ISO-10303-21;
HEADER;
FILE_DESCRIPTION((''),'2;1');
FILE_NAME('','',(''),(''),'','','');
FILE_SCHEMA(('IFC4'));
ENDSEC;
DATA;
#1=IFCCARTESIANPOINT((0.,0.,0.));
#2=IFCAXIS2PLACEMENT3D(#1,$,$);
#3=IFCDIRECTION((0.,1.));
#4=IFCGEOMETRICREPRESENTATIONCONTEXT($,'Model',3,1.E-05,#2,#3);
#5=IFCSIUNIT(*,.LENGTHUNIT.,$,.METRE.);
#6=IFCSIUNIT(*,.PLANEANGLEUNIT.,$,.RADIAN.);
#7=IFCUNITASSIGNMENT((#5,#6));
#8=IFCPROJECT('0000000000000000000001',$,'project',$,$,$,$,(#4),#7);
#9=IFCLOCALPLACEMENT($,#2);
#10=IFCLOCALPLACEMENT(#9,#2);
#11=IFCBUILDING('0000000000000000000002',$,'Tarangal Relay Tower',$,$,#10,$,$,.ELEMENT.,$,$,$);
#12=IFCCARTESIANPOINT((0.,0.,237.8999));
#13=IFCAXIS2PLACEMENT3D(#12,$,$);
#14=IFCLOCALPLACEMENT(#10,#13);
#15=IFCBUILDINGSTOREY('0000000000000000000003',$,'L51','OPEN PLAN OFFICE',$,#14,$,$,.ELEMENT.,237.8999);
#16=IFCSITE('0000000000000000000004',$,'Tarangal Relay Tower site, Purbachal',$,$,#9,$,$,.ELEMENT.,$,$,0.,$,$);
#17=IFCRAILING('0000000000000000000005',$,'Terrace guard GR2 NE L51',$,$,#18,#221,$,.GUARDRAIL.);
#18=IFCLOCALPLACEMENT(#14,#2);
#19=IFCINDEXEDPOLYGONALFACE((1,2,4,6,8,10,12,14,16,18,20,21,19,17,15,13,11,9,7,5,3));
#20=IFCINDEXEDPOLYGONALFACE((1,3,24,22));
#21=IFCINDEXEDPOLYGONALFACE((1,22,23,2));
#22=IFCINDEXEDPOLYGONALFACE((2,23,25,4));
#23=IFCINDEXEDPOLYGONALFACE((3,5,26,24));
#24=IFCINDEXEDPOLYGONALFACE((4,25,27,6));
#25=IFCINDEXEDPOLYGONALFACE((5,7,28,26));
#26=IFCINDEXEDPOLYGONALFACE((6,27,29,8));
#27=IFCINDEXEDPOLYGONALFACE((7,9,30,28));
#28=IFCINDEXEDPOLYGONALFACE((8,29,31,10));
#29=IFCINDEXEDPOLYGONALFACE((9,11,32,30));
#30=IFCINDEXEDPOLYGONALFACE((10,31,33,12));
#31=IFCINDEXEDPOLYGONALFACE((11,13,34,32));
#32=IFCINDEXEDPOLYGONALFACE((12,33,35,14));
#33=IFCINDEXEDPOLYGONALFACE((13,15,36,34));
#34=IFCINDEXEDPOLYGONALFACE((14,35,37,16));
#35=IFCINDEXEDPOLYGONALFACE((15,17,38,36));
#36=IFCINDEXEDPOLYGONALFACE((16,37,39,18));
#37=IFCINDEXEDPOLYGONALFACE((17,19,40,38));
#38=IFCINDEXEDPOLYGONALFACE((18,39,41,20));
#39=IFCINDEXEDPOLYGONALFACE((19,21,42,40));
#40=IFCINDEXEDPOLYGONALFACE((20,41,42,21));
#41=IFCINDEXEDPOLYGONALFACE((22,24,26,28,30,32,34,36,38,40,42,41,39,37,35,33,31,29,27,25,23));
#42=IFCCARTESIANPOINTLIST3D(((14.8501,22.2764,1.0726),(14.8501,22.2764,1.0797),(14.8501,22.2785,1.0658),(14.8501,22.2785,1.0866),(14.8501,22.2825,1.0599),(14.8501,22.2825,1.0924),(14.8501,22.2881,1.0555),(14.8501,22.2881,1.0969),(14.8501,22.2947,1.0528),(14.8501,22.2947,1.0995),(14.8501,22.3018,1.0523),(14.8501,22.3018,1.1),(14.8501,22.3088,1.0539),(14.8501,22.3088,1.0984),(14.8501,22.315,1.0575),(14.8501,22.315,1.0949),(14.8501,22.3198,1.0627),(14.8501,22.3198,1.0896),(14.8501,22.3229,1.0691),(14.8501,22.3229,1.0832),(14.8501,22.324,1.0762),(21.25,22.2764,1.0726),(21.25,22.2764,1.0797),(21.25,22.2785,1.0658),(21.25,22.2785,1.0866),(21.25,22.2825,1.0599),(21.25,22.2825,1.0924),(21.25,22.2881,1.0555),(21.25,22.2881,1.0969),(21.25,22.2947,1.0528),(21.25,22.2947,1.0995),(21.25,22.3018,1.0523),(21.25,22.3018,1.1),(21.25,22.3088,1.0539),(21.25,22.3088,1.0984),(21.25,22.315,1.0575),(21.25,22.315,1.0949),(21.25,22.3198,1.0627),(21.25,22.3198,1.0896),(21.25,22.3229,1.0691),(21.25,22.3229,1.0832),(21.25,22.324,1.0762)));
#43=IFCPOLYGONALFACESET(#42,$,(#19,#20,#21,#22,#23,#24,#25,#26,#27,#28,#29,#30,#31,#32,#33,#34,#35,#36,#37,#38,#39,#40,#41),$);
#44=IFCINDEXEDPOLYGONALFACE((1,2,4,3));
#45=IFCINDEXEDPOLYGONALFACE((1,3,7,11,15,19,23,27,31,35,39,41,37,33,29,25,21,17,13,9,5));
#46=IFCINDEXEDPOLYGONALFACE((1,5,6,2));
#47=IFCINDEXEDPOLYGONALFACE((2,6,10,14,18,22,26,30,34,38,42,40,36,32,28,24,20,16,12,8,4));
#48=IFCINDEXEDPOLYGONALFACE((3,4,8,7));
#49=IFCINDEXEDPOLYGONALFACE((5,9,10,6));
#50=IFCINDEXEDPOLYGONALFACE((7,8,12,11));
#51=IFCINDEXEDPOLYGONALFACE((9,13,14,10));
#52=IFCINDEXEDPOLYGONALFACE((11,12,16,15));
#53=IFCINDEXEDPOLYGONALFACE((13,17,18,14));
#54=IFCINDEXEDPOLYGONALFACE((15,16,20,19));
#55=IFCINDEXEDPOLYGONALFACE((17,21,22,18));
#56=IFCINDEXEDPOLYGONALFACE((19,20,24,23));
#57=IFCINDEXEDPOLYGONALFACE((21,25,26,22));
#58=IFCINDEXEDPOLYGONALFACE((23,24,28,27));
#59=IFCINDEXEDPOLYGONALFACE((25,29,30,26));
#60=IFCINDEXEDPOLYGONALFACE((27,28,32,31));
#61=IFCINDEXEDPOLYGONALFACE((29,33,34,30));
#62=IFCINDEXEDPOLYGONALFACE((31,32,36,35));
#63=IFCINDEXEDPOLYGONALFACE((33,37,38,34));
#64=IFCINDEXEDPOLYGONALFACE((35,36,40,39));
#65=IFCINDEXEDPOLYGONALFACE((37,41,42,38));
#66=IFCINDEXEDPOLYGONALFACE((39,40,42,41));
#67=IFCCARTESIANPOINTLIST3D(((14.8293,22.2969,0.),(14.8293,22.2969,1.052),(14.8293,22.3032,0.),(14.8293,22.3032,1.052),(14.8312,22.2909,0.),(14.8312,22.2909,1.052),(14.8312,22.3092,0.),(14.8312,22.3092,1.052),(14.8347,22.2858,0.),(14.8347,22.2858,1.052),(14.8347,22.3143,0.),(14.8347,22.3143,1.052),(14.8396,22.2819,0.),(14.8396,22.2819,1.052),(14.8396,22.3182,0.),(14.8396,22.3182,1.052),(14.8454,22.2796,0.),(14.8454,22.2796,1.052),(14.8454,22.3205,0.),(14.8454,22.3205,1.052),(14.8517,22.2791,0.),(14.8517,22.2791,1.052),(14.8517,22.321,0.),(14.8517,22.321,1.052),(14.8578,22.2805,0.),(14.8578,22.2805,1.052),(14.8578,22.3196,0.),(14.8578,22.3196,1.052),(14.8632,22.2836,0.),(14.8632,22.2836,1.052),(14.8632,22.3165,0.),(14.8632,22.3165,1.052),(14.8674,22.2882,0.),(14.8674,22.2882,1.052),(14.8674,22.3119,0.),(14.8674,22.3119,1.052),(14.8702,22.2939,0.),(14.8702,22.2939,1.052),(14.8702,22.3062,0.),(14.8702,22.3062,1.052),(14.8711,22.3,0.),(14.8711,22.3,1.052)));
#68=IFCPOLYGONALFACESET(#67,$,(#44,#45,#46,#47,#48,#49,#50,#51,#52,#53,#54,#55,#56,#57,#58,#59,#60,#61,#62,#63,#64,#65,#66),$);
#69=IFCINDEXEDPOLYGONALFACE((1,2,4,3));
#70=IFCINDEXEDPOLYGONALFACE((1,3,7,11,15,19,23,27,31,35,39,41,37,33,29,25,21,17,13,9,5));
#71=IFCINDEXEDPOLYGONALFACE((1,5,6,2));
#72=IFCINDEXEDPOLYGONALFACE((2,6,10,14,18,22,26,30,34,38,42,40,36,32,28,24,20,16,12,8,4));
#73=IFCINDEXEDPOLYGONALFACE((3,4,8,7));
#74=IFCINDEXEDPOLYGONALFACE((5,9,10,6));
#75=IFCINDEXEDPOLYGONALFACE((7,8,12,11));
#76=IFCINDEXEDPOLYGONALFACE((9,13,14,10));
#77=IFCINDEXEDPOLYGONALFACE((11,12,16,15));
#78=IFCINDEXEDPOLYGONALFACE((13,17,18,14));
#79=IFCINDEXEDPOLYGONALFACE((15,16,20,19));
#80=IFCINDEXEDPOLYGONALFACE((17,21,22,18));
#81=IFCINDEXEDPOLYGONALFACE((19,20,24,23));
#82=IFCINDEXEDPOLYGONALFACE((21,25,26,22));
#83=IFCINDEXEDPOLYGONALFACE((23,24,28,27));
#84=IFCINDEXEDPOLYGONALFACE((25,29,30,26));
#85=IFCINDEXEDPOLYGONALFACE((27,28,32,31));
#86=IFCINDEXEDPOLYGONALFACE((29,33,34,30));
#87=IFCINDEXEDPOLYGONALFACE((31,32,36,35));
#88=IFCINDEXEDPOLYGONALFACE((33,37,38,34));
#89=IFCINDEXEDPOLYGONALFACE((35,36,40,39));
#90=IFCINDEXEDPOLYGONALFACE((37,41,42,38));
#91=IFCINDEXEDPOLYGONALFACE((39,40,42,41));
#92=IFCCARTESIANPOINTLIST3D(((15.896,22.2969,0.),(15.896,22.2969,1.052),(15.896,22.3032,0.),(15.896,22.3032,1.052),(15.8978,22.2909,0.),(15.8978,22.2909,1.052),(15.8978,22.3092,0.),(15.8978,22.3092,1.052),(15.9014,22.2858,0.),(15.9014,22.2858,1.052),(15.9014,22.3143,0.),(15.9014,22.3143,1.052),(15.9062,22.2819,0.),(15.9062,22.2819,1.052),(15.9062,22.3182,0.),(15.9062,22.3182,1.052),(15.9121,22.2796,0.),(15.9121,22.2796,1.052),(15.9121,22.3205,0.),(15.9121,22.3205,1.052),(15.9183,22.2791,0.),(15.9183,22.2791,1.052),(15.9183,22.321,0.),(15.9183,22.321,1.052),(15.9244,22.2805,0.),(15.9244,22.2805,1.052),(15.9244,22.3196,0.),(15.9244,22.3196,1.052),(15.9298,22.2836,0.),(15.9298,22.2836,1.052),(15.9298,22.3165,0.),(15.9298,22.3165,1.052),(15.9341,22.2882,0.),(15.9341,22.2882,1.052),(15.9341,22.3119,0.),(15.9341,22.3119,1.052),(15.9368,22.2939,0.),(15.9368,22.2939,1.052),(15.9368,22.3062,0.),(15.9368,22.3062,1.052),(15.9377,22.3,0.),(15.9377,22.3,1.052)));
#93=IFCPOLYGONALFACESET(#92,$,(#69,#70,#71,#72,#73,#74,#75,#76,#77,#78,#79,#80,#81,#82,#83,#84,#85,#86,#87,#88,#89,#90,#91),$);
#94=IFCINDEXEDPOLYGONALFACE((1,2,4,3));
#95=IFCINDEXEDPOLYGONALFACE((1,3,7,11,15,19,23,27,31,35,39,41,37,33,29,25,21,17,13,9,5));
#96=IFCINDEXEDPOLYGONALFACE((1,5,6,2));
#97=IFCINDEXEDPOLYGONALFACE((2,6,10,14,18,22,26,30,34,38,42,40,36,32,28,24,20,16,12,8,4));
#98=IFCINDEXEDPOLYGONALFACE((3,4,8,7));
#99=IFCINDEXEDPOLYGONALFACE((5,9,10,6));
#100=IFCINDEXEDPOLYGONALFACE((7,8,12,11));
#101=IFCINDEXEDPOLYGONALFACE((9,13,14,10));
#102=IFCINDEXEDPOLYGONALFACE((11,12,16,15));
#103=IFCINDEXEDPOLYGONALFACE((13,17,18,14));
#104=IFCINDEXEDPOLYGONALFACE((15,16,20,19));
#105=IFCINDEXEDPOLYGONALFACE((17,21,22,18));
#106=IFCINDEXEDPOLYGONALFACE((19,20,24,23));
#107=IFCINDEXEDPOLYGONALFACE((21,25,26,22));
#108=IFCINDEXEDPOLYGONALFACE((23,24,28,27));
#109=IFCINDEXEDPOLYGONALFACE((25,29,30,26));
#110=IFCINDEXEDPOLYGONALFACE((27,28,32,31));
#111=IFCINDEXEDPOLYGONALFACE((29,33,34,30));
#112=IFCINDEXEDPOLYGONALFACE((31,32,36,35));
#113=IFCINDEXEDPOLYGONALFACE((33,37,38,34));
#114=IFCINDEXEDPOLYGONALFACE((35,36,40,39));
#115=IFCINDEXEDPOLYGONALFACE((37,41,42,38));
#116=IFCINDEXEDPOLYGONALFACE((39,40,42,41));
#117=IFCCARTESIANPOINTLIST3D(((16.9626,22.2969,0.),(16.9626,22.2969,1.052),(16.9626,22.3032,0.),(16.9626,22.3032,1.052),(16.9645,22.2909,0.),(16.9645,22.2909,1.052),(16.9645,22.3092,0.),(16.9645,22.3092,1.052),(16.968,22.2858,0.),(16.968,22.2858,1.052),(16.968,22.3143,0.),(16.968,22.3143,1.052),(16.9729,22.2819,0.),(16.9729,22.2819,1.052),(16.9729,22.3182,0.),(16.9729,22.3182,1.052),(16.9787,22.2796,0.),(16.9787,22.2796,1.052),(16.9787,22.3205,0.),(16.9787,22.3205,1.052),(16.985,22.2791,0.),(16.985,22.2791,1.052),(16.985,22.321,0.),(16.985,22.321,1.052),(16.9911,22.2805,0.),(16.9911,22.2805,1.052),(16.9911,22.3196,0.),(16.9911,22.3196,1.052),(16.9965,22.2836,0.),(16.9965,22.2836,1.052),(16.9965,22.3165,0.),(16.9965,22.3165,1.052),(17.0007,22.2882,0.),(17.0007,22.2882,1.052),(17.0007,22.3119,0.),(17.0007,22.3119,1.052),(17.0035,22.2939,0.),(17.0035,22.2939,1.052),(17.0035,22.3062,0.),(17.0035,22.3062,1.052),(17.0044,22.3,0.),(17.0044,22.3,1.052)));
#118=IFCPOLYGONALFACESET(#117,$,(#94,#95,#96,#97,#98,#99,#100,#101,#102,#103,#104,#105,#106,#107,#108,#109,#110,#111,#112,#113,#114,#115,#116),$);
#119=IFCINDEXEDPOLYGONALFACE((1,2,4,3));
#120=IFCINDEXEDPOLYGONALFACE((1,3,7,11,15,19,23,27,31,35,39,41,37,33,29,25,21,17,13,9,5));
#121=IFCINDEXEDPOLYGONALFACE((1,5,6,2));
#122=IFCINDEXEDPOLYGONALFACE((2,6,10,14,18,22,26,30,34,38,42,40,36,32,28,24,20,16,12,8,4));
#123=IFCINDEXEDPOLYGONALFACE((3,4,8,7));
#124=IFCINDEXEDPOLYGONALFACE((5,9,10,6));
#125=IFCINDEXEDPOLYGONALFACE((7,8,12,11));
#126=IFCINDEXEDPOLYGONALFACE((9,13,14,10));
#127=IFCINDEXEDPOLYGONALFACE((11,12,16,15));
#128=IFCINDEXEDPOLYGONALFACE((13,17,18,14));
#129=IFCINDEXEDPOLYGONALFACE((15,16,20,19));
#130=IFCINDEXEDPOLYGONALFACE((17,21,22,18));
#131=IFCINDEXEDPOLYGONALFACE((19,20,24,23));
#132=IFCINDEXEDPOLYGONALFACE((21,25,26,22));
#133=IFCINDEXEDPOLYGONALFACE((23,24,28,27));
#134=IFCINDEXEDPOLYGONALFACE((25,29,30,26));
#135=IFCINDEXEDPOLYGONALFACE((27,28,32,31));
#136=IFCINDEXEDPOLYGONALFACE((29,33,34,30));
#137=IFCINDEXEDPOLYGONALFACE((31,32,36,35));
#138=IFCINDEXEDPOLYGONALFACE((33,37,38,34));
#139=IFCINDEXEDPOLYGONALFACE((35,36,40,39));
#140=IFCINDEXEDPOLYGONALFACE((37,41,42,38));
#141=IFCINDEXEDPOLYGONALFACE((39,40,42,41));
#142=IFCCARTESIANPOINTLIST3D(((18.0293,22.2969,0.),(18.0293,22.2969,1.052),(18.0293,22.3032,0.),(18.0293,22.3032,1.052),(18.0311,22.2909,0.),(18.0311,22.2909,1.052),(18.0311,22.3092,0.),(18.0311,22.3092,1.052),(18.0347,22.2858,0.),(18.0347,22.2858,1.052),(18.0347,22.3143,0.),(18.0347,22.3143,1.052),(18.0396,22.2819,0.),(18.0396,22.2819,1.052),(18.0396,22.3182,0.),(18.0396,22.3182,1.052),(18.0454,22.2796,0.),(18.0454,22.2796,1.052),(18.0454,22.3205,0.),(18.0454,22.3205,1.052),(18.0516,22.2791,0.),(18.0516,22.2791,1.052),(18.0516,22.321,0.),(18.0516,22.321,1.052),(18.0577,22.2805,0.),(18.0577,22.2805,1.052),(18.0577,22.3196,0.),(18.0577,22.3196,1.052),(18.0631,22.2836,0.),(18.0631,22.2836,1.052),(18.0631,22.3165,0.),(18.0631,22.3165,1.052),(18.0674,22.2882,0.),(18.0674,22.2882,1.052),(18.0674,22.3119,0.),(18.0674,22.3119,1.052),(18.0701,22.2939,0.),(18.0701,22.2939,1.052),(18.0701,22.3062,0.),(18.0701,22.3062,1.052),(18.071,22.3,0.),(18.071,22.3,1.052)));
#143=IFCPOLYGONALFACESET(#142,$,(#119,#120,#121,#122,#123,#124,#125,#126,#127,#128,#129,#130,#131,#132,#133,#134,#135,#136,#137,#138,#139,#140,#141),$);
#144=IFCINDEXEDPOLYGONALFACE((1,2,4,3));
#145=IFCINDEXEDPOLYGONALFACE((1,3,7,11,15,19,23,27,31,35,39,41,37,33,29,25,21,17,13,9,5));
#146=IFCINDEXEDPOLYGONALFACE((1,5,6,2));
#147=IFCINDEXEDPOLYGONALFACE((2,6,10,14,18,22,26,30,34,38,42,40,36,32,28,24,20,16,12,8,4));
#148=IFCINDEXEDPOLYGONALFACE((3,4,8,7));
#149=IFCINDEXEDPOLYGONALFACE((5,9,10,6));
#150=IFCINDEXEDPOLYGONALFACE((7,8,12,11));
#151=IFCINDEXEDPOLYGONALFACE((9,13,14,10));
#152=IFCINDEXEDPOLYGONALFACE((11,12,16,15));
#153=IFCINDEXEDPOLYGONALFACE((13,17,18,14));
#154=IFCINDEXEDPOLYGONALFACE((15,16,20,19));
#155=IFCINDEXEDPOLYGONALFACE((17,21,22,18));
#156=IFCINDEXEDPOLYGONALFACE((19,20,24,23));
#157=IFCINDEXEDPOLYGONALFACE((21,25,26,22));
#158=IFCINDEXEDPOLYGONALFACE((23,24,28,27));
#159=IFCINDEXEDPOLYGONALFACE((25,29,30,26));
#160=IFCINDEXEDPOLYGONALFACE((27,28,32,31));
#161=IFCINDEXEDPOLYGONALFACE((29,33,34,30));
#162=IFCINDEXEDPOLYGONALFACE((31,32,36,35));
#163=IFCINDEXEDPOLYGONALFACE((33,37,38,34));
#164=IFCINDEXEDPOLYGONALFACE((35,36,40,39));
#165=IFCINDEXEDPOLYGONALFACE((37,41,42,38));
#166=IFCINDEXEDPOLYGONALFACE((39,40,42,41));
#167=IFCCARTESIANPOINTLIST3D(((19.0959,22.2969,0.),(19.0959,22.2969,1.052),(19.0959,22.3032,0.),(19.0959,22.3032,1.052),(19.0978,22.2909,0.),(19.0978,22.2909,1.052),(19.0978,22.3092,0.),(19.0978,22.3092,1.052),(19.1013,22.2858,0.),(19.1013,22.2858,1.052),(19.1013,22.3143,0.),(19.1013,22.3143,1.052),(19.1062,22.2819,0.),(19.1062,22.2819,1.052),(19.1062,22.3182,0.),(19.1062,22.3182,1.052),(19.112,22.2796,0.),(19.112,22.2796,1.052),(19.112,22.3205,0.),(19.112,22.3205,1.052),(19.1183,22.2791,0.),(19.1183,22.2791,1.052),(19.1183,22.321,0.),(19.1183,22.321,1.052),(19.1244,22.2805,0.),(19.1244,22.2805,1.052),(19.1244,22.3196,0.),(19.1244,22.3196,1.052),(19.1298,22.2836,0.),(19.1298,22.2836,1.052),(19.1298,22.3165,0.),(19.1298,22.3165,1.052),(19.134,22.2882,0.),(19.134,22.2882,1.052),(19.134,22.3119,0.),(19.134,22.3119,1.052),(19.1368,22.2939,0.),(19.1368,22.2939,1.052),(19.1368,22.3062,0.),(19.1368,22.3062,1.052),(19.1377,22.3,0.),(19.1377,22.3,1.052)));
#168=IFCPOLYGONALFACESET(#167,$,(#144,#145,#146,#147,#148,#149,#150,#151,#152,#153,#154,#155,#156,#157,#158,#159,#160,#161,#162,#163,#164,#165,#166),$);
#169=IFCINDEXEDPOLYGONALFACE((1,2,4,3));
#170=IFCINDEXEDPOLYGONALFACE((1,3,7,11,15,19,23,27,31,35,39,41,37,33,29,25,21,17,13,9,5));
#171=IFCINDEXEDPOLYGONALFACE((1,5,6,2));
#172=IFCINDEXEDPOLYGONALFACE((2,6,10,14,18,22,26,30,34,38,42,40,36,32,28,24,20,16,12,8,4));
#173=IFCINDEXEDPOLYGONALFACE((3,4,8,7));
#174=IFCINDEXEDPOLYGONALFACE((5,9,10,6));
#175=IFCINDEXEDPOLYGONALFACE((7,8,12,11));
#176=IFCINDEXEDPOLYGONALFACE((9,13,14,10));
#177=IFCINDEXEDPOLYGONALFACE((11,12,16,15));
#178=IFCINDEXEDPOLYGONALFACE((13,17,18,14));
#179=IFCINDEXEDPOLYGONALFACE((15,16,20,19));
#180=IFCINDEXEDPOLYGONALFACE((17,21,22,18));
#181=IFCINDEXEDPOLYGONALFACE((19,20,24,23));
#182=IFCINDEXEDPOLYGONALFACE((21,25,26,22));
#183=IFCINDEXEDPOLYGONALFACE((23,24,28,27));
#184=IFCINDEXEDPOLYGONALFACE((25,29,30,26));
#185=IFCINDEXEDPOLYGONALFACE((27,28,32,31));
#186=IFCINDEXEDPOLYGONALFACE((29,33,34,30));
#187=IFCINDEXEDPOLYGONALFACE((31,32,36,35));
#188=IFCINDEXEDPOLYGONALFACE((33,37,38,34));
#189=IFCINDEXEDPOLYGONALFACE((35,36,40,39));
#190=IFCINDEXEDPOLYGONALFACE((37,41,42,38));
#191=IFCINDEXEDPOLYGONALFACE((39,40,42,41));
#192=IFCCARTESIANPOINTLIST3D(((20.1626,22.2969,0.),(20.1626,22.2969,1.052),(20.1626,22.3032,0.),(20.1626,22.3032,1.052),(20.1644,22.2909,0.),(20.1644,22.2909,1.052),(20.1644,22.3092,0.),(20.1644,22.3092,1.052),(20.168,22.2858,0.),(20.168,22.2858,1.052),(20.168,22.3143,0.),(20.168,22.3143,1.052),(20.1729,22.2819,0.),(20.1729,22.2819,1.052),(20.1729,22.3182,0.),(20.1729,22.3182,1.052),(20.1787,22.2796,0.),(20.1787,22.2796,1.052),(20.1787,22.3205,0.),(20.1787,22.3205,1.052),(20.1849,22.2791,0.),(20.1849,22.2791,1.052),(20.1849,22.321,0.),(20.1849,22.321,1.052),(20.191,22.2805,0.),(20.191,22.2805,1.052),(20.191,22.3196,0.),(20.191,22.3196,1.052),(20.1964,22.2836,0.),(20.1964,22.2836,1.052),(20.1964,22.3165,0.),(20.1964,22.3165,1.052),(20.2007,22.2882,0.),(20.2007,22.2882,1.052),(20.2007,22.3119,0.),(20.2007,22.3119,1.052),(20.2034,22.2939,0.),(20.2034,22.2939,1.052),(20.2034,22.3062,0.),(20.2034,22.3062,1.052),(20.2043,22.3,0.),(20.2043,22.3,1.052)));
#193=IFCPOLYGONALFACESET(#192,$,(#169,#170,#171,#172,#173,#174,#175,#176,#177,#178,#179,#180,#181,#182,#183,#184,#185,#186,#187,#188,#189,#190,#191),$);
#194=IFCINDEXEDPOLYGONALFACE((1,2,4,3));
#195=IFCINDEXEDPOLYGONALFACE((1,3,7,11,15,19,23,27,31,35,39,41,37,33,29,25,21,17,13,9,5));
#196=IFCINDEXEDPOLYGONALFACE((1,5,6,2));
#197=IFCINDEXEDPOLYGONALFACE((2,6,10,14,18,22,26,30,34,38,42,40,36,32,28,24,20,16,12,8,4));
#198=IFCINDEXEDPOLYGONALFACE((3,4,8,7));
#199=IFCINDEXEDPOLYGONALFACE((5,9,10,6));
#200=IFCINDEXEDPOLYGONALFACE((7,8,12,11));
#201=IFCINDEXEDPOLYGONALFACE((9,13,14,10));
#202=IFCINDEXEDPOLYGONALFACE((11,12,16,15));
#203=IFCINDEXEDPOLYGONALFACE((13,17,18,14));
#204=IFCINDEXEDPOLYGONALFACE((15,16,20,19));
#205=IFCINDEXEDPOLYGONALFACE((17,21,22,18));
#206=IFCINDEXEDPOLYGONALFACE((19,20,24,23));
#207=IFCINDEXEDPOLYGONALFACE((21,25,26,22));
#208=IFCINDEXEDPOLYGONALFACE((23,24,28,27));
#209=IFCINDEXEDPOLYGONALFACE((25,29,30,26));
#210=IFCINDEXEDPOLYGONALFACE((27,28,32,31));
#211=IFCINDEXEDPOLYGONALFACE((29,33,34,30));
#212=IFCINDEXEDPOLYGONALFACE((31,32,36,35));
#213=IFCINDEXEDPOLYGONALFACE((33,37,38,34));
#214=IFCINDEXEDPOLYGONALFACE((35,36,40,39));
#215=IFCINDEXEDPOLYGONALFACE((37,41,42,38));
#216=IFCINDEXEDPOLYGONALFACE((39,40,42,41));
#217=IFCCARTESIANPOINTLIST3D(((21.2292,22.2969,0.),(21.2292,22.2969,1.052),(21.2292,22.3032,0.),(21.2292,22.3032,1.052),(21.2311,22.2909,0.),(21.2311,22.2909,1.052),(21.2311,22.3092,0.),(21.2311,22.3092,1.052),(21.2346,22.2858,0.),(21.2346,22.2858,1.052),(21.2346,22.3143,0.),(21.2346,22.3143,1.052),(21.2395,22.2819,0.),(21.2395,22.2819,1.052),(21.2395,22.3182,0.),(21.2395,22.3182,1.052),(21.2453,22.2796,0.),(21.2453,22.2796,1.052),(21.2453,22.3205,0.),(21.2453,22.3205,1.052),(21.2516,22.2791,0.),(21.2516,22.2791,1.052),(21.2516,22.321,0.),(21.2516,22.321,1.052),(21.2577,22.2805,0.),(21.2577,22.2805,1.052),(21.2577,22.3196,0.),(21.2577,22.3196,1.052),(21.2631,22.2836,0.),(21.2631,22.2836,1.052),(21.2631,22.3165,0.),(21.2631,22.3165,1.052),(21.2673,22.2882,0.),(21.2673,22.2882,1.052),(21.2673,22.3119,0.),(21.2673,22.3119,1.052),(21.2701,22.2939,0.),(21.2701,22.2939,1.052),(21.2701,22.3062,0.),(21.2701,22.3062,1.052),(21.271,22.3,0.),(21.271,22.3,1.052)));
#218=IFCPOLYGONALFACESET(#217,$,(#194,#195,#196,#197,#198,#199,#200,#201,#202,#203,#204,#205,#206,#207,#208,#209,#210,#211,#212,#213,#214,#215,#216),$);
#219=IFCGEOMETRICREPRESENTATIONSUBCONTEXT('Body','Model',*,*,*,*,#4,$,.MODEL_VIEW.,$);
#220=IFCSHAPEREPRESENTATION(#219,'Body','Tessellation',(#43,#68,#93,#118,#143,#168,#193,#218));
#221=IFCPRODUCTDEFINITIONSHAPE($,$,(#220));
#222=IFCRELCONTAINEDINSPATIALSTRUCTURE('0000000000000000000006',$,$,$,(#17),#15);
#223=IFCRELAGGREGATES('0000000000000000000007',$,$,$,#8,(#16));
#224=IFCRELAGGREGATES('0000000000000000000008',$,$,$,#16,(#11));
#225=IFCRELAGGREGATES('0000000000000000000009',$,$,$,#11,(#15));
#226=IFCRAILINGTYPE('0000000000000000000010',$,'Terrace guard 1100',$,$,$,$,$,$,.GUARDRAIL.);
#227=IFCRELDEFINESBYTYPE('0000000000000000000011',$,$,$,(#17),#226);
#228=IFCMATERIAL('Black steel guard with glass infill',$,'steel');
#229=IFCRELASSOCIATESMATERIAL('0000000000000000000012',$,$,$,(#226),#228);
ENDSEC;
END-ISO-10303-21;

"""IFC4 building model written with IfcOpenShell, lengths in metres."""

from ifc_helpers import new_model, si_unit, direction, frame, origin, origin_2d, place, context, subcontext, project, spatial, circle, extrude, material, type_object, element, save


model = new_model("IFC4")

# Units and contexts
model_context = context("Model", 3, precision=1e-05, world=origin(), true_north=direction((0.0, 1.0)))
body_context = subcontext(model_context, "Body", "Model", "MODEL_VIEW")
ifc_project = project(units=[si_unit("LENGTHUNIT", "METRE"), si_unit("PLANEANGLEUNIT", "RADIAN")], contexts=[model_context])

# Site, building, storey
site_placement = place(None, origin())
site = spatial("IfcSite", under=ifc_project, at=site_placement, Name="Tarangal Relay Tower site, Purbachal", CompositionType="ELEMENT", RefElevation=0.0)
building_placement = place(site_placement, origin())
building = spatial("IfcBuilding", under=site, at=building_placement, Name="Tarangal Relay Tower", CompositionType="ELEMENT")
storey_placement = place(building_placement, frame((0.0, 0.0, 237.8999)))
storey = spatial("IfcBuildingStorey", under=building, at=storey_placement, Name="L51", Description="OPEN PLAN OFFICE", CompositionType="ELEMENT", Elevation=237.8999)

# Railing
ifc_material_1 = material(Name="Black steel guard with glass infill", Category="steel")
railing_type = type_object("IfcRailingType", Name="Terrace guard 1100", PredefinedType="GUARDRAIL", material=ifc_material_1)
railing_1_placement = place(storey_placement, frame((14.8501, 22.3, 0.0)))
element("IfcRailing", 1, at=railing_1_placement, inside=storey, type_object=railing_type, Name="Terrace guard GR2 NE L51", PredefinedType="GUARDRAIL", context=body_context, shape_type="SweptSolid", body=[
    extrude(circle(Radius=0.0239, at=origin_2d()), frame((0.0, 0.0, 1.0762), z_axis=(1.0, 0.0, 0.0), x_axis=(0.0, 1.0, 0.0)), (0.0, 0.0, 1.0), 6.3999),
    extrude(circle(Radius=0.021, at=origin_2d()), origin(), (0.0, 0.0, 1.0), 1.052),
    extrude(circle(Radius=0.021, at=origin_2d()), frame((1.0667, 0.0, 0.0)), (0.0, 0.0, 1.0), 1.052),
    extrude(circle(Radius=0.021, at=origin_2d()), frame((2.1333, 0.0, 0.0)), (0.0, 0.0, 1.0), 1.052),
    extrude(circle(Radius=0.021, at=origin_2d()), frame((3.2, 0.0, 0.0)), (0.0, 0.0, 1.0), 1.052),
    extrude(circle(Radius=0.021, at=origin_2d()), frame((4.2666, 0.0, 0.0)), (0.0, 0.0, 1.0), 1.052),
    extrude(circle(Radius=0.021, at=origin_2d()), frame((5.3333, 0.0, 0.0)), (0.0, 0.0, 1.0), 1.052),
    extrude(circle(Radius=0.021, at=origin_2d()), frame((6.3999, 0.0, 0.0)), (0.0, 0.0, 1.0), 1.052),
])

save(model, "model.ifc")
